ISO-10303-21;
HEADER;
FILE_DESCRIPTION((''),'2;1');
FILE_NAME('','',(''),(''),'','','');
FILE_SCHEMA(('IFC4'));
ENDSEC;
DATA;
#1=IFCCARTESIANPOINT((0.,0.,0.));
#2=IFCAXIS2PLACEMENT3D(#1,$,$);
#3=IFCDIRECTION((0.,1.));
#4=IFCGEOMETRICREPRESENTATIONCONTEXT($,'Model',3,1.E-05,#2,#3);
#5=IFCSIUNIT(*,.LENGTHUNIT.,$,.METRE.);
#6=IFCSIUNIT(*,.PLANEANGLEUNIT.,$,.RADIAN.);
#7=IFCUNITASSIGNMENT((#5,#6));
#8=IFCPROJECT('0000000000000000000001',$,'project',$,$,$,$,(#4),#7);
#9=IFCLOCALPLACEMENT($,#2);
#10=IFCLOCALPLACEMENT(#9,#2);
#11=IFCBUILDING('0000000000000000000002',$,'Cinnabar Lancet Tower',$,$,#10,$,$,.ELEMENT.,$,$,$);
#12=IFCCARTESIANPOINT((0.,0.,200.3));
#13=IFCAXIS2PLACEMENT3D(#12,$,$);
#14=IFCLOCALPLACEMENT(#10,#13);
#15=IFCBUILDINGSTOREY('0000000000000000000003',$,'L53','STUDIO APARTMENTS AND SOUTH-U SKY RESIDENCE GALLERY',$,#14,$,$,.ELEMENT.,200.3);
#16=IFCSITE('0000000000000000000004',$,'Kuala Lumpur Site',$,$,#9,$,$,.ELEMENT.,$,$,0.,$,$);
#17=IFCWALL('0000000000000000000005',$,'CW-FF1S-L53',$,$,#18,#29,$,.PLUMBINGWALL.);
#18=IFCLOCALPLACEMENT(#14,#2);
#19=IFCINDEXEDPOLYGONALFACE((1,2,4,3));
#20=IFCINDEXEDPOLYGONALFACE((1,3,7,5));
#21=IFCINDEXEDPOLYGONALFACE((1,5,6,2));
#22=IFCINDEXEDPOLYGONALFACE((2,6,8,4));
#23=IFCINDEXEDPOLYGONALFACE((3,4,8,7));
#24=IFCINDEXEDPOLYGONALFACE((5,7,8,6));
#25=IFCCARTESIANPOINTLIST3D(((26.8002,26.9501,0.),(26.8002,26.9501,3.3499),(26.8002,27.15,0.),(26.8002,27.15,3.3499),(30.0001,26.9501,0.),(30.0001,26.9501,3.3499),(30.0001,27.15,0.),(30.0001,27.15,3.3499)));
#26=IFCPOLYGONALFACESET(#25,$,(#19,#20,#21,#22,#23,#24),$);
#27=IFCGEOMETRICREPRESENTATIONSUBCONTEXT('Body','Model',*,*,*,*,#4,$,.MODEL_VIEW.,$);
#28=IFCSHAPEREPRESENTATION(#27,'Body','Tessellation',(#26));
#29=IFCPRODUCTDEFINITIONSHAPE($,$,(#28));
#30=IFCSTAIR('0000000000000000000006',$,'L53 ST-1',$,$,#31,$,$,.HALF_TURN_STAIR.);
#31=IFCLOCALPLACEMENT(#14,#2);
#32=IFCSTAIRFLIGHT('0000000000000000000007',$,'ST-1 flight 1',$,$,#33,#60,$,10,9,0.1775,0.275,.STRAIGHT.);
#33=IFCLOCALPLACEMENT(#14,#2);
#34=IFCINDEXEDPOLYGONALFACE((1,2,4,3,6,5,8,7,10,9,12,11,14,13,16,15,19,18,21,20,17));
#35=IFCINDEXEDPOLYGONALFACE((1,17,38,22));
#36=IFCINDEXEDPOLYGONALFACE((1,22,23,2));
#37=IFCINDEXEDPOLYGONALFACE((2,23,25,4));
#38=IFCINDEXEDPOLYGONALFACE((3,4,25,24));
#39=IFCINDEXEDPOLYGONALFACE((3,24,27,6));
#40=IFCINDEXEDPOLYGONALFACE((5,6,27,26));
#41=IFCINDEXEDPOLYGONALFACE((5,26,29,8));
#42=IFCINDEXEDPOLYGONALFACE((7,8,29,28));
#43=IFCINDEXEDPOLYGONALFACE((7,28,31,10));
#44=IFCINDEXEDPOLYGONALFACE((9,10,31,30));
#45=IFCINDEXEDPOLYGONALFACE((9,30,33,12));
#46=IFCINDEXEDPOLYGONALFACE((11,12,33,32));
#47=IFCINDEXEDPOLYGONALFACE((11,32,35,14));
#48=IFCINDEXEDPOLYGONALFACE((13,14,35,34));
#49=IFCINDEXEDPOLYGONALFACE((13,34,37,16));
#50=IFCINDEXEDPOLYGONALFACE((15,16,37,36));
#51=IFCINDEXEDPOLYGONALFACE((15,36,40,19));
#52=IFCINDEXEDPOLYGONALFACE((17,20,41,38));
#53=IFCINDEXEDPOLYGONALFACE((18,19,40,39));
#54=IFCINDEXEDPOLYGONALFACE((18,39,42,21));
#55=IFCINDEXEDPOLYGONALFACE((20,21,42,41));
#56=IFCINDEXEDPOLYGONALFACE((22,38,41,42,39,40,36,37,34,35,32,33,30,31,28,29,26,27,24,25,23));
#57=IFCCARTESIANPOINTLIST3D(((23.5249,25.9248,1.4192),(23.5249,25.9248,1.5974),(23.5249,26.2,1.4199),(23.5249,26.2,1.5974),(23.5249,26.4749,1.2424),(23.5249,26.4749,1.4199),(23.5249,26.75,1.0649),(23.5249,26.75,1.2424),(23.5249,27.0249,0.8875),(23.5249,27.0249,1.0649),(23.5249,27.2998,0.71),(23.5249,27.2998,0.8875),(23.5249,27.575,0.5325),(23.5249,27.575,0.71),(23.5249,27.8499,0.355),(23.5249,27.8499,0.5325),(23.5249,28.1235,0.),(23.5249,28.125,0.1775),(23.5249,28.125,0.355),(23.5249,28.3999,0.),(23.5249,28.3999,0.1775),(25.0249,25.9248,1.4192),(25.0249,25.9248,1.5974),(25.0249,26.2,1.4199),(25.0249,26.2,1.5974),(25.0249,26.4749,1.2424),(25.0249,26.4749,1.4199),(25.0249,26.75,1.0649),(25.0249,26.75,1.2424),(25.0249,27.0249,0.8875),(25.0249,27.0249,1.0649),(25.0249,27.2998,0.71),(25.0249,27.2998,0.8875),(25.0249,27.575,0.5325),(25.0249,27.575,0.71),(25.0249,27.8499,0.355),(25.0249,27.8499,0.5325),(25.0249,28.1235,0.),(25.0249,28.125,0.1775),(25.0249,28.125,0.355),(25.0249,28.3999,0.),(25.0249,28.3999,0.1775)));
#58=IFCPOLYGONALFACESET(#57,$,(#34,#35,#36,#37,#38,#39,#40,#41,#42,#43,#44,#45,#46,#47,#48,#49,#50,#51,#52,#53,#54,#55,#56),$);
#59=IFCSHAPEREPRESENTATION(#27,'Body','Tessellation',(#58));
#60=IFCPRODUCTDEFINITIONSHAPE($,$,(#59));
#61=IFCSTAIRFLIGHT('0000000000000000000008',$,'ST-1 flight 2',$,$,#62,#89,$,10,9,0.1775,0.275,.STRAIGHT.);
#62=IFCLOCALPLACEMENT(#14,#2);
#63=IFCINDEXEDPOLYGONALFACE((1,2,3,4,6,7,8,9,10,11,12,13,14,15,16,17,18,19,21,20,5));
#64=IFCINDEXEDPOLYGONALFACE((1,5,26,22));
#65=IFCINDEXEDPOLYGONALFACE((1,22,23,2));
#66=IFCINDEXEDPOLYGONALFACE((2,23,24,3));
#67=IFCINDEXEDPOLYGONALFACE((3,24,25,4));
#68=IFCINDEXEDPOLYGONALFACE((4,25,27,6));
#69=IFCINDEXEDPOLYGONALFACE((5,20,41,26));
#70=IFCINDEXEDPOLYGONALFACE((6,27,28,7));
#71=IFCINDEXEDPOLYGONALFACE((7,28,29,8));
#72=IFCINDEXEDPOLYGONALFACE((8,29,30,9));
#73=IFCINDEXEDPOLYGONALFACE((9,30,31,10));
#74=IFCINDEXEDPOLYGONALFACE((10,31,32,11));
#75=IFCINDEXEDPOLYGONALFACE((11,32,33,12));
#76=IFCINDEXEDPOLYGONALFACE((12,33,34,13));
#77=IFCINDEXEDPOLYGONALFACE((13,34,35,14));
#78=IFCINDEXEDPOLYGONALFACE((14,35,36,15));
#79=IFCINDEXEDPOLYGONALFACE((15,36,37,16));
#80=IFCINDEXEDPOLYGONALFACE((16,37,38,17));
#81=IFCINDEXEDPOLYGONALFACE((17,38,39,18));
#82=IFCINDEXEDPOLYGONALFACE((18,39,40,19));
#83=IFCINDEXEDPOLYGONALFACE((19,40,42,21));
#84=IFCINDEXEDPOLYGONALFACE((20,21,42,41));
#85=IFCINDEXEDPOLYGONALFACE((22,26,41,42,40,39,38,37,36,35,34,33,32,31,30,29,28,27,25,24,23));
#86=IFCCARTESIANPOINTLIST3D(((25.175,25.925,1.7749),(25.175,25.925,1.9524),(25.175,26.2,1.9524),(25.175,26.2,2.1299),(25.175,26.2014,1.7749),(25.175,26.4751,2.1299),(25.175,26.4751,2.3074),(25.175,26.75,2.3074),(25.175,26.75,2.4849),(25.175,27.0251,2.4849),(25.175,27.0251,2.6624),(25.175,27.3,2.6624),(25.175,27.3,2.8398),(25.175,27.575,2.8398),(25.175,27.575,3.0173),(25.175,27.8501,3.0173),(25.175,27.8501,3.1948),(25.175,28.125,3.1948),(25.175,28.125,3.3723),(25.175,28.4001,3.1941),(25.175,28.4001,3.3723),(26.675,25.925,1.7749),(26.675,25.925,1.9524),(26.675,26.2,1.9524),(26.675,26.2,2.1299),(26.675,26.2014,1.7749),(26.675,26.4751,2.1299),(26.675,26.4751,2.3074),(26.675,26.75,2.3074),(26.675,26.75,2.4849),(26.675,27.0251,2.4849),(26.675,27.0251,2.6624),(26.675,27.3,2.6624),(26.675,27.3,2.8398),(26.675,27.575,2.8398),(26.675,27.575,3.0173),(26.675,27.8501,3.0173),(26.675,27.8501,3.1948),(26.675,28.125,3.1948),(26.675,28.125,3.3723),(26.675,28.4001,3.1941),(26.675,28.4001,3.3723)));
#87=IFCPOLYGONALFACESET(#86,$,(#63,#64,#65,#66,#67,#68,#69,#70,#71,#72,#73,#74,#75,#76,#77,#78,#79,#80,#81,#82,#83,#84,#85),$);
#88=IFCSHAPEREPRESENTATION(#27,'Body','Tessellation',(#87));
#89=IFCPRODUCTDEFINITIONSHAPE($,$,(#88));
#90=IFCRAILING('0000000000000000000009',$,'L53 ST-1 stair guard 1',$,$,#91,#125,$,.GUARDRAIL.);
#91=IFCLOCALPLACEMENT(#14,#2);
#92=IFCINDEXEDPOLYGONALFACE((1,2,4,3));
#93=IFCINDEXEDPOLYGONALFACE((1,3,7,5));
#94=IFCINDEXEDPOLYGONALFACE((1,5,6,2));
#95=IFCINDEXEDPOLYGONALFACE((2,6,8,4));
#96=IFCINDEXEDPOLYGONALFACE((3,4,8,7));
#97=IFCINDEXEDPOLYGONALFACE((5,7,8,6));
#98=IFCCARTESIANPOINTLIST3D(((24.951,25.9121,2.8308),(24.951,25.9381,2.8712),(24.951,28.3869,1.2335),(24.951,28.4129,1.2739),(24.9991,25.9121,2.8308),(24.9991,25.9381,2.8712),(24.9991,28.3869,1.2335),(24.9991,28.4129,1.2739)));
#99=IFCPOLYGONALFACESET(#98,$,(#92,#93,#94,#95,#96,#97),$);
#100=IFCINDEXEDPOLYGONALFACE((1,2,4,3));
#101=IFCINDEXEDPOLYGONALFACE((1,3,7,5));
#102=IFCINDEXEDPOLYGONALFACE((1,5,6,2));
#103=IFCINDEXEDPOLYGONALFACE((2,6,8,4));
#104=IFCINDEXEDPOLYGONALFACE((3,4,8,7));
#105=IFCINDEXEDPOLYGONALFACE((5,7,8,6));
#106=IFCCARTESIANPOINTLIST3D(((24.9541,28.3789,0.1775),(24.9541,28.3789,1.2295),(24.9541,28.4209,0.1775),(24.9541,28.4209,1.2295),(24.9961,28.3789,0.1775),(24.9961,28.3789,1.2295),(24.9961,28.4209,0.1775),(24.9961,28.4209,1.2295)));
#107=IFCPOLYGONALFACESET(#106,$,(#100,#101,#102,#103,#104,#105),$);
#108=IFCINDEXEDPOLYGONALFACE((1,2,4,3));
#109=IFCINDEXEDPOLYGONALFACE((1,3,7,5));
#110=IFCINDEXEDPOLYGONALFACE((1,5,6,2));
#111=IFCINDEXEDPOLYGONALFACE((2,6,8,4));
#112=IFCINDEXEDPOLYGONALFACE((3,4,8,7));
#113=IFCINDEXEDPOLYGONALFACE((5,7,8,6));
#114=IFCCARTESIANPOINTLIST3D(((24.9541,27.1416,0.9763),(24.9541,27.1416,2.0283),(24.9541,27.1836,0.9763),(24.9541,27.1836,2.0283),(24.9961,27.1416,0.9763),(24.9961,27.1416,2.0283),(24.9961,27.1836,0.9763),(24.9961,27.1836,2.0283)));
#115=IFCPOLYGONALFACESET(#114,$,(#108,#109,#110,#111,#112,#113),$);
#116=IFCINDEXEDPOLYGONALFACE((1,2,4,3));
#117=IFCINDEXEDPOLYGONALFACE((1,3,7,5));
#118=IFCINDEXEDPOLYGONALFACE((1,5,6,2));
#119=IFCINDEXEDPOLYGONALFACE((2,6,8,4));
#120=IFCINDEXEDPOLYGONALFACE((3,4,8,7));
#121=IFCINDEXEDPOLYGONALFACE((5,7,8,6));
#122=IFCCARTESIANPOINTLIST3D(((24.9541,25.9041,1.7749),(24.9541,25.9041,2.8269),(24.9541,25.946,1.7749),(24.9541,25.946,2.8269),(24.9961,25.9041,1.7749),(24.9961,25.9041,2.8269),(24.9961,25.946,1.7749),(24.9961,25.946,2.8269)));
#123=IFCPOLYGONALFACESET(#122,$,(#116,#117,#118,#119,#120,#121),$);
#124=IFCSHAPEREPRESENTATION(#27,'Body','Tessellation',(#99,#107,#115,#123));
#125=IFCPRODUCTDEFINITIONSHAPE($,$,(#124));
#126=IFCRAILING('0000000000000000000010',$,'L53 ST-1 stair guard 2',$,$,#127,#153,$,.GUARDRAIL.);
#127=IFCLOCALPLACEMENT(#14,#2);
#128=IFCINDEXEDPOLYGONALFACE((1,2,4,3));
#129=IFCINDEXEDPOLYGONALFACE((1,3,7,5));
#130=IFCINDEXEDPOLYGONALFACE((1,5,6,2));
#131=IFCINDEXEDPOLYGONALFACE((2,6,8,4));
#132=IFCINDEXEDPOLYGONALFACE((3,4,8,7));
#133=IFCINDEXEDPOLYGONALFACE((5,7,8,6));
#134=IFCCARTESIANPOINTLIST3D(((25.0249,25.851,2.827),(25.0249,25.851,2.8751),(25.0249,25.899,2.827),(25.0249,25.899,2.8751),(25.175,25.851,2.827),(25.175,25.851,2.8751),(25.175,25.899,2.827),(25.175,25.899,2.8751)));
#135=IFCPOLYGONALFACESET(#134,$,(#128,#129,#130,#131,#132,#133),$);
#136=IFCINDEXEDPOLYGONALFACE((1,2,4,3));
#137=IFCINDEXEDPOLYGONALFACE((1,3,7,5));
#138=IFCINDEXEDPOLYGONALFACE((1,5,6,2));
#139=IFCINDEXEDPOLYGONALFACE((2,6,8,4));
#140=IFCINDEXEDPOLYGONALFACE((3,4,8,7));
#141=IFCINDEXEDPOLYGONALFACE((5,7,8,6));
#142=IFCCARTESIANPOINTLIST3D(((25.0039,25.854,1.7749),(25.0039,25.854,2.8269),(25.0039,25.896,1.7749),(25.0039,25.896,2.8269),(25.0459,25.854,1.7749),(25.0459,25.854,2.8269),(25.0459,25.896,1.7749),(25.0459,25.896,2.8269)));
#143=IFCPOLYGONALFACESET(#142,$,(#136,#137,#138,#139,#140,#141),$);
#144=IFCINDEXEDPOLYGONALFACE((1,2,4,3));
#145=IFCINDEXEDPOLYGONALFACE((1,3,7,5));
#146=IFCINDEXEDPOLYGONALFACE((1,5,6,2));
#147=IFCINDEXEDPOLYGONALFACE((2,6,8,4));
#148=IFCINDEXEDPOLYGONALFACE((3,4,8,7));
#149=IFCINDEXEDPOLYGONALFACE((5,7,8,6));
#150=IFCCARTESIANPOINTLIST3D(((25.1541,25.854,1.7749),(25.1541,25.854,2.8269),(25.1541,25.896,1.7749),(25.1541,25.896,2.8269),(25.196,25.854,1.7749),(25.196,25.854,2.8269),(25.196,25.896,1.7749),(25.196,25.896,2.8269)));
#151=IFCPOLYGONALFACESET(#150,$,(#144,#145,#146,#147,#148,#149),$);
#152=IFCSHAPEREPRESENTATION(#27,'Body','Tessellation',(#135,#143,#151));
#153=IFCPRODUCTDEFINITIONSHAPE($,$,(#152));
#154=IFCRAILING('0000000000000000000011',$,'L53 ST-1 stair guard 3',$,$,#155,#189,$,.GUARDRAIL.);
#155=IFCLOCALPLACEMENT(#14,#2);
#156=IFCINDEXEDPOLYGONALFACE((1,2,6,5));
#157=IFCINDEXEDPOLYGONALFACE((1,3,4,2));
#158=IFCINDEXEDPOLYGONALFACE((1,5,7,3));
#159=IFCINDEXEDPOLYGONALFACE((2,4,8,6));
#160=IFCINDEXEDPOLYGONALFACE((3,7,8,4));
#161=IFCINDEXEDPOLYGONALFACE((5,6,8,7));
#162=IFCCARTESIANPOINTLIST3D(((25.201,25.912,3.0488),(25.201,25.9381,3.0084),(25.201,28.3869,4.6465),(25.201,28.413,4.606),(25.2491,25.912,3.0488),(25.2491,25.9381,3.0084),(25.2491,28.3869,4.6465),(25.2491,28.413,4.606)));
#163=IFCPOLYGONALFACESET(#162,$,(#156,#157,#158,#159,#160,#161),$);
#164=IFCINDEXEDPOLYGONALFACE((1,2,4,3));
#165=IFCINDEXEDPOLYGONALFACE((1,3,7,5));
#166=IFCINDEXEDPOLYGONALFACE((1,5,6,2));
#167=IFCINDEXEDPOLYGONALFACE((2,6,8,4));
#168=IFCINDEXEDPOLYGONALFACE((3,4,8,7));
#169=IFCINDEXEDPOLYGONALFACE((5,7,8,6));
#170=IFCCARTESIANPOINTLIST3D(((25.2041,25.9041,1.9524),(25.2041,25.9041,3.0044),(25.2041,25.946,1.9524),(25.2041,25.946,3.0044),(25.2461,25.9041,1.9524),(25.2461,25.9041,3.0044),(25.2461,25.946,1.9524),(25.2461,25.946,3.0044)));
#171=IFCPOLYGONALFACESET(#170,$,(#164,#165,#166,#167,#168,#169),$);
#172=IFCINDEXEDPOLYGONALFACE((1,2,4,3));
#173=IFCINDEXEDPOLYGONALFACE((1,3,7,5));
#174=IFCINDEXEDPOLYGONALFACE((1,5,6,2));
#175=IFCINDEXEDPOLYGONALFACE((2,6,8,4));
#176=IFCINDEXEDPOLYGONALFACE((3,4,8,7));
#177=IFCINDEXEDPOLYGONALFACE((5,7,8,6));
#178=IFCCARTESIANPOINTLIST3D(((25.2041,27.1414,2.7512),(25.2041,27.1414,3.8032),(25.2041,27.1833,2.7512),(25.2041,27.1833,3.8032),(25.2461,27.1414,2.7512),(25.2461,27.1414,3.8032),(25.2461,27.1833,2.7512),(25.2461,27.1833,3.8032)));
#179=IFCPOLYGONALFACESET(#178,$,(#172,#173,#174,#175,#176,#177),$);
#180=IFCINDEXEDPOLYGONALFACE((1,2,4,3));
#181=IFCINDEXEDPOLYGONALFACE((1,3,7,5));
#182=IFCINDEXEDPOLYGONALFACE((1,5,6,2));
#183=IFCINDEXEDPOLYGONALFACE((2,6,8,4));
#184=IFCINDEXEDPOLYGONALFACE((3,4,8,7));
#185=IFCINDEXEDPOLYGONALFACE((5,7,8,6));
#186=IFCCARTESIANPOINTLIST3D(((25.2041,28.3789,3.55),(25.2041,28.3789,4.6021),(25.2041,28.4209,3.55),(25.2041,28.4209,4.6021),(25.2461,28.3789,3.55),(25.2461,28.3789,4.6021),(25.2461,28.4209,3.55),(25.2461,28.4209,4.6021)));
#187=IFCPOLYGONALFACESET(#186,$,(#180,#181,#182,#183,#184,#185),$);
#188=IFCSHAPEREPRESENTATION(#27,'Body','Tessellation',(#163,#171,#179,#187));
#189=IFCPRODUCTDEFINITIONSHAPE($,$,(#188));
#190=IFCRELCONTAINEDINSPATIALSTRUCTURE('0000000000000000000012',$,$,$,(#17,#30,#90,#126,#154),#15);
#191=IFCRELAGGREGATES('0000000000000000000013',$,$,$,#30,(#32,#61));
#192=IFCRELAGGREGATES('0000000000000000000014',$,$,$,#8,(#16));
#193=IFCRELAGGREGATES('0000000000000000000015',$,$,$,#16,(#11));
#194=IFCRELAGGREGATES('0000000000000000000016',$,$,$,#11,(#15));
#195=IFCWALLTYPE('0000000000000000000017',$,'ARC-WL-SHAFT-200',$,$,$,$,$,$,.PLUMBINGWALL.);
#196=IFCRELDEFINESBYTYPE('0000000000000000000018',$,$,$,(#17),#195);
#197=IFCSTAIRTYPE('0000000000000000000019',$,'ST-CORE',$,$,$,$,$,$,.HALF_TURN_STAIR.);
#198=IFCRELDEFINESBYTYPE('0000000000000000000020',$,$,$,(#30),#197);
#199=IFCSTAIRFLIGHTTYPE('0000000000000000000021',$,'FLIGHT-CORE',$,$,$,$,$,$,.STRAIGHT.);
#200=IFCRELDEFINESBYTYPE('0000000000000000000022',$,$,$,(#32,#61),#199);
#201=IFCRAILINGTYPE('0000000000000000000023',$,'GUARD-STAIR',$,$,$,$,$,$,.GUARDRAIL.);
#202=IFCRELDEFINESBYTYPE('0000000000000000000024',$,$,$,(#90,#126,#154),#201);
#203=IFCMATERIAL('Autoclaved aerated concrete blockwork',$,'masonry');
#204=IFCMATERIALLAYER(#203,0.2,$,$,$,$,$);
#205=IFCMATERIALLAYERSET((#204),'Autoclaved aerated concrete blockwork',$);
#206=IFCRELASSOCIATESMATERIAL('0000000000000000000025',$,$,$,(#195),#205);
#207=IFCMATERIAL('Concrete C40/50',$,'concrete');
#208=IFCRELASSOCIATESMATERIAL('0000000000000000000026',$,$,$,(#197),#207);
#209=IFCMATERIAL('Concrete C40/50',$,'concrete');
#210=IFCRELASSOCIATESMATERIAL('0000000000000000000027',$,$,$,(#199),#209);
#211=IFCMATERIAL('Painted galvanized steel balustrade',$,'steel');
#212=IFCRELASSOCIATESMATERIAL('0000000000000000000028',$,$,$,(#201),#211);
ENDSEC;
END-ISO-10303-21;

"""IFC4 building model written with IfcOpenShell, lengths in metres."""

from ifc_helpers import new_model, si_unit, direction, frame, frame_2d, origin, origin_2d, place, context, subcontext, project, spatial, polyline, rectangle, outline, extrude, material, layer, layer_set, type_object, element, aggregate, save


model = new_model("IFC4")

# Units and contexts
model_context = context("Model", 3, precision=1e-05, world=origin(), true_north=direction((0.0, 1.0)))
body_context = subcontext(model_context, "Body", "Model", "MODEL_VIEW")
ifc_project = project(units=[si_unit("LENGTHUNIT", "METRE"), si_unit("PLANEANGLEUNIT", "RADIAN")], contexts=[model_context])

# Site, building, storey
site_placement = place(None, origin())
site = spatial("IfcSite", under=ifc_project, at=site_placement, Name="Kuala Lumpur Site", CompositionType="ELEMENT", RefElevation=0.0)
building_placement = place(site_placement, origin())
building = spatial("IfcBuilding", under=site, at=building_placement, Name="Cinnabar Lancet Tower", CompositionType="ELEMENT")
storey_placement = place(building_placement, frame((0.0, 0.0, 200.3)))
storey = spatial("IfcBuildingStorey", under=building, at=storey_placement, Name="L53", Description="STUDIO APARTMENTS AND SOUTH-U SKY RESIDENCE GALLERY", CompositionType="ELEMENT", Elevation=200.3)

# Shared definitions
ifc_material_1 = material(Name="Autoclaved aerated concrete blockwork", Category="masonry")
ifc_layer_1 = layer(ifc_material_1, 0.2)
ifc_layer_set_1 = layer_set([ifc_layer_1], Name="Autoclaved aerated concrete blockwork")
wall_type_1 = type_object("IfcWallType", Name="ARC-WL-SHAFT-200", PredefinedType="PLUMBINGWALL", material=ifc_layer_set_1)

# Wall
wall_1_placement = place(storey_placement, frame((26.8, 27.05, 0.0), z_axis=(0.0, 0.0, 1.0), x_axis=(1.0, 0.0, 0.0)))
element("IfcWall", 1, at=wall_1_placement, inside=storey, type_object=wall_type_1, Name="CW-FF1S-L53", PredefinedType="PLUMBINGWALL", context=body_context, shape_type="SweptSolid", body=[
    extrude(rectangle(XDim=3.2, YDim=0.2, at=frame_2d((1.6001, 0.0))), origin(), (0.0, 0.0, 1.0), 3.3499),
])

# Stair, stair flights
ifc_material_2 = material(Name="Concrete C40/50", Category="concrete")
stair_type = type_object("IfcStairType", Name="ST-CORE", PredefinedType="HALF_TURN_STAIR", material=ifc_material_2)
stair_placement = place(storey_placement, origin())
stair = element("IfcStair", 2, at=stair_placement, inside=storey, type_object=stair_type, Name="L53 ST-1", PredefinedType="HALF_TURN_STAIR")
ifc_material_3 = material(Name="Concrete C40/50", Category="concrete")
stair_flight_type = type_object("IfcStairFlightType", Name="FLIGHT-CORE", PredefinedType="STRAIGHT", material=ifc_material_3)
stair_flight_1_placement = place(storey_placement, frame((24.2749, 28.3999, 0.0), z_axis=(0.0, 0.0, 1.0), x_axis=(0.0, -1.0, 0.0)))
stair_flight_1 = element("IfcStairFlight", 3, at=stair_flight_1_placement, type_object=stair_flight_type, Name="ST-1 flight 1", NumberOfRisers=10, NumberOfTreads=9, PredefinedType="STRAIGHT", RiserHeight=0.1775, TreadLength=0.275, context=body_context, shape_type="SweptSolid", body=[
    extrude(outline(polyline([(0.0, 0.0), (0.0, 0.1775), (0.2749, 0.1775), (0.2749, 0.355), (0.55, 0.355), (0.55, 0.5325), (0.825, 0.5325), (0.825, 0.71), (1.1001, 0.71), (1.1001, 0.8875), (1.375, 0.8875), (1.375, 1.0649), (1.6499, 1.0649), (1.6499, 1.2424), (1.925, 1.2424), (1.925, 1.4199), (2.2, 1.4199), (2.2, 1.5974), (2.4751, 1.5974), (2.4751, 1.7749), (2.4751, 1.4192), (0.2764, 0.0), (0.0, 0.0)])), frame((0.0, 0.75, 0.0), z_axis=(0.0, -1.0, 0.0), x_axis=(1.0, 0.0, 0.0)), (0.0, 0.0, 1.0), 1.5),
])
stair_flight_2_placement = place(storey_placement, frame((25.925, 25.925, 1.7749), z_axis=(0.0, 0.0, 1.0), x_axis=(0.0, 1.0, 0.0)))
stair_flight_2 = element("IfcStairFlight", 4, at=stair_flight_2_placement, type_object=stair_flight_type, Name="ST-1 flight 2", NumberOfRisers=10, NumberOfTreads=9, PredefinedType="STRAIGHT", RiserHeight=0.1775, TreadLength=0.275, context=body_context, shape_type="SweptSolid", body=[
    extrude(outline(polyline([(0.0, 0.0), (0.0, 0.1775), (0.2749, 0.1775), (0.2749, 0.355), (0.55, 0.355), (0.55, 0.5325), (0.825, 0.5325), (0.825, 0.71), (1.1001, 0.71), (1.1001, 0.8875), (1.375, 0.8875), (1.375, 1.0649), (1.6499, 1.0649), (1.6499, 1.2424), (1.925, 1.2424), (1.925, 1.4199), (2.2, 1.4199), (2.2, 1.5974), (2.4751, 1.5974), (2.4751, 1.7749), (2.4751, 1.4192), (0.2764, 0.0), (0.0, 0.0)])), frame((0.0, 0.75, 0.0), z_axis=(0.0, -1.0, 0.0), x_axis=(1.0, 0.0, 0.0)), (0.0, 0.0, 1.0), 1.5),
])
aggregate(stair, [stair_flight_1, stair_flight_2])

# Railings
ifc_material_4 = material(Name="Painted galvanized steel balustrade", Category="steel")
railing_type_1 = type_object("IfcRailingType", Name="GUARD-STAIR", PredefinedType="GUARDRAIL", material=ifc_material_4)
railing_1_placement = place(storey_placement, frame((24.9751, 28.3999, 0.1775)))
element("IfcRailing", 5, at=railing_1_placement, inside=storey, type_object=railing_type_1, Name="L53 ST-1 stair guard 1", PredefinedType="GUARDRAIL", context=body_context, shape_type="SweptSolid", body=[
    extrude(rectangle(XDim=0.0481, YDim=0.0481, at=origin_2d()), frame((0.0, 0.0, 1.0762), z_axis=(0.0, -0.840183, 0.542302), x_axis=(1.0, 0.0, 0.0)), (0.0, 0.0, 1.0), 2.9456),
    extrude(rectangle(XDim=0.042, YDim=0.042, at=origin_2d()), origin(), (0.0, 0.0, 1.0), 1.052),
    extrude(rectangle(XDim=0.042, YDim=0.042, at=origin_2d()), frame((0.0, -1.2373, 0.7988)), (0.0, 0.0, 1.0), 1.052),
    extrude(rectangle(XDim=0.042, YDim=0.042, at=origin_2d()), frame((0.0, -2.4749, 1.5974)), (0.0, 0.0, 1.0), 1.052),
])
railing_2_placement = place(storey_placement, frame((25.0249, 25.875, 1.7749)))
element("IfcRailing", 6, at=railing_2_placement, inside=storey, type_object=railing_type_1, Name="L53 ST-1 stair guard 2", PredefinedType="GUARDRAIL", context=body_context, shape_type="SweptSolid", body=[
    extrude(rectangle(XDim=0.0481, YDim=0.0481, at=origin_2d()), frame((0.0, 0.0, 1.0762), z_axis=(1.0, 0.0, 0.0), x_axis=(0.0, 1.0, 0.0)), (0.0, 0.0, 1.0), 0.1501),
    extrude(rectangle(XDim=0.042, YDim=0.042, at=origin_2d()), origin(), (0.0, 0.0, 1.0), 1.052),
    extrude(rectangle(XDim=0.042, YDim=0.042, at=origin_2d()), frame((0.1501, 0.0, 0.0)), (0.0, 0.0, 1.0), 1.052),
])
railing_3_placement = place(storey_placement, frame((25.2251, 25.925, 1.9524)))
element("IfcRailing", 7, at=railing_3_placement, inside=storey, type_object=railing_type_1, Name="L53 ST-1 stair guard 3", PredefinedType="GUARDRAIL", context=body_context, shape_type="SweptSolid", body=[
    extrude(rectangle(XDim=0.0481, YDim=0.0481, at=origin_2d()), frame((0.0, 0.0, 1.0762), z_axis=(0.0, 0.840146, 0.542361), x_axis=(-1.0, 0.0, 0.0)), (0.0, 0.0, 1.0), 2.9458),
    extrude(rectangle(XDim=0.042, YDim=0.042, at=origin_2d()), origin(), (0.0, 0.0, 1.0), 1.052),
    extrude(rectangle(XDim=0.042, YDim=0.042, at=origin_2d()), frame((0.0, 1.2373, 0.7988)), (0.0, 0.0, 1.0), 1.052),
    extrude(rectangle(XDim=0.042, YDim=0.042, at=origin_2d()), frame((0.0, 2.4749, 1.5977)), (0.0, 0.0, 1.0), 1.052),
])

save(model, "model.ifc")
